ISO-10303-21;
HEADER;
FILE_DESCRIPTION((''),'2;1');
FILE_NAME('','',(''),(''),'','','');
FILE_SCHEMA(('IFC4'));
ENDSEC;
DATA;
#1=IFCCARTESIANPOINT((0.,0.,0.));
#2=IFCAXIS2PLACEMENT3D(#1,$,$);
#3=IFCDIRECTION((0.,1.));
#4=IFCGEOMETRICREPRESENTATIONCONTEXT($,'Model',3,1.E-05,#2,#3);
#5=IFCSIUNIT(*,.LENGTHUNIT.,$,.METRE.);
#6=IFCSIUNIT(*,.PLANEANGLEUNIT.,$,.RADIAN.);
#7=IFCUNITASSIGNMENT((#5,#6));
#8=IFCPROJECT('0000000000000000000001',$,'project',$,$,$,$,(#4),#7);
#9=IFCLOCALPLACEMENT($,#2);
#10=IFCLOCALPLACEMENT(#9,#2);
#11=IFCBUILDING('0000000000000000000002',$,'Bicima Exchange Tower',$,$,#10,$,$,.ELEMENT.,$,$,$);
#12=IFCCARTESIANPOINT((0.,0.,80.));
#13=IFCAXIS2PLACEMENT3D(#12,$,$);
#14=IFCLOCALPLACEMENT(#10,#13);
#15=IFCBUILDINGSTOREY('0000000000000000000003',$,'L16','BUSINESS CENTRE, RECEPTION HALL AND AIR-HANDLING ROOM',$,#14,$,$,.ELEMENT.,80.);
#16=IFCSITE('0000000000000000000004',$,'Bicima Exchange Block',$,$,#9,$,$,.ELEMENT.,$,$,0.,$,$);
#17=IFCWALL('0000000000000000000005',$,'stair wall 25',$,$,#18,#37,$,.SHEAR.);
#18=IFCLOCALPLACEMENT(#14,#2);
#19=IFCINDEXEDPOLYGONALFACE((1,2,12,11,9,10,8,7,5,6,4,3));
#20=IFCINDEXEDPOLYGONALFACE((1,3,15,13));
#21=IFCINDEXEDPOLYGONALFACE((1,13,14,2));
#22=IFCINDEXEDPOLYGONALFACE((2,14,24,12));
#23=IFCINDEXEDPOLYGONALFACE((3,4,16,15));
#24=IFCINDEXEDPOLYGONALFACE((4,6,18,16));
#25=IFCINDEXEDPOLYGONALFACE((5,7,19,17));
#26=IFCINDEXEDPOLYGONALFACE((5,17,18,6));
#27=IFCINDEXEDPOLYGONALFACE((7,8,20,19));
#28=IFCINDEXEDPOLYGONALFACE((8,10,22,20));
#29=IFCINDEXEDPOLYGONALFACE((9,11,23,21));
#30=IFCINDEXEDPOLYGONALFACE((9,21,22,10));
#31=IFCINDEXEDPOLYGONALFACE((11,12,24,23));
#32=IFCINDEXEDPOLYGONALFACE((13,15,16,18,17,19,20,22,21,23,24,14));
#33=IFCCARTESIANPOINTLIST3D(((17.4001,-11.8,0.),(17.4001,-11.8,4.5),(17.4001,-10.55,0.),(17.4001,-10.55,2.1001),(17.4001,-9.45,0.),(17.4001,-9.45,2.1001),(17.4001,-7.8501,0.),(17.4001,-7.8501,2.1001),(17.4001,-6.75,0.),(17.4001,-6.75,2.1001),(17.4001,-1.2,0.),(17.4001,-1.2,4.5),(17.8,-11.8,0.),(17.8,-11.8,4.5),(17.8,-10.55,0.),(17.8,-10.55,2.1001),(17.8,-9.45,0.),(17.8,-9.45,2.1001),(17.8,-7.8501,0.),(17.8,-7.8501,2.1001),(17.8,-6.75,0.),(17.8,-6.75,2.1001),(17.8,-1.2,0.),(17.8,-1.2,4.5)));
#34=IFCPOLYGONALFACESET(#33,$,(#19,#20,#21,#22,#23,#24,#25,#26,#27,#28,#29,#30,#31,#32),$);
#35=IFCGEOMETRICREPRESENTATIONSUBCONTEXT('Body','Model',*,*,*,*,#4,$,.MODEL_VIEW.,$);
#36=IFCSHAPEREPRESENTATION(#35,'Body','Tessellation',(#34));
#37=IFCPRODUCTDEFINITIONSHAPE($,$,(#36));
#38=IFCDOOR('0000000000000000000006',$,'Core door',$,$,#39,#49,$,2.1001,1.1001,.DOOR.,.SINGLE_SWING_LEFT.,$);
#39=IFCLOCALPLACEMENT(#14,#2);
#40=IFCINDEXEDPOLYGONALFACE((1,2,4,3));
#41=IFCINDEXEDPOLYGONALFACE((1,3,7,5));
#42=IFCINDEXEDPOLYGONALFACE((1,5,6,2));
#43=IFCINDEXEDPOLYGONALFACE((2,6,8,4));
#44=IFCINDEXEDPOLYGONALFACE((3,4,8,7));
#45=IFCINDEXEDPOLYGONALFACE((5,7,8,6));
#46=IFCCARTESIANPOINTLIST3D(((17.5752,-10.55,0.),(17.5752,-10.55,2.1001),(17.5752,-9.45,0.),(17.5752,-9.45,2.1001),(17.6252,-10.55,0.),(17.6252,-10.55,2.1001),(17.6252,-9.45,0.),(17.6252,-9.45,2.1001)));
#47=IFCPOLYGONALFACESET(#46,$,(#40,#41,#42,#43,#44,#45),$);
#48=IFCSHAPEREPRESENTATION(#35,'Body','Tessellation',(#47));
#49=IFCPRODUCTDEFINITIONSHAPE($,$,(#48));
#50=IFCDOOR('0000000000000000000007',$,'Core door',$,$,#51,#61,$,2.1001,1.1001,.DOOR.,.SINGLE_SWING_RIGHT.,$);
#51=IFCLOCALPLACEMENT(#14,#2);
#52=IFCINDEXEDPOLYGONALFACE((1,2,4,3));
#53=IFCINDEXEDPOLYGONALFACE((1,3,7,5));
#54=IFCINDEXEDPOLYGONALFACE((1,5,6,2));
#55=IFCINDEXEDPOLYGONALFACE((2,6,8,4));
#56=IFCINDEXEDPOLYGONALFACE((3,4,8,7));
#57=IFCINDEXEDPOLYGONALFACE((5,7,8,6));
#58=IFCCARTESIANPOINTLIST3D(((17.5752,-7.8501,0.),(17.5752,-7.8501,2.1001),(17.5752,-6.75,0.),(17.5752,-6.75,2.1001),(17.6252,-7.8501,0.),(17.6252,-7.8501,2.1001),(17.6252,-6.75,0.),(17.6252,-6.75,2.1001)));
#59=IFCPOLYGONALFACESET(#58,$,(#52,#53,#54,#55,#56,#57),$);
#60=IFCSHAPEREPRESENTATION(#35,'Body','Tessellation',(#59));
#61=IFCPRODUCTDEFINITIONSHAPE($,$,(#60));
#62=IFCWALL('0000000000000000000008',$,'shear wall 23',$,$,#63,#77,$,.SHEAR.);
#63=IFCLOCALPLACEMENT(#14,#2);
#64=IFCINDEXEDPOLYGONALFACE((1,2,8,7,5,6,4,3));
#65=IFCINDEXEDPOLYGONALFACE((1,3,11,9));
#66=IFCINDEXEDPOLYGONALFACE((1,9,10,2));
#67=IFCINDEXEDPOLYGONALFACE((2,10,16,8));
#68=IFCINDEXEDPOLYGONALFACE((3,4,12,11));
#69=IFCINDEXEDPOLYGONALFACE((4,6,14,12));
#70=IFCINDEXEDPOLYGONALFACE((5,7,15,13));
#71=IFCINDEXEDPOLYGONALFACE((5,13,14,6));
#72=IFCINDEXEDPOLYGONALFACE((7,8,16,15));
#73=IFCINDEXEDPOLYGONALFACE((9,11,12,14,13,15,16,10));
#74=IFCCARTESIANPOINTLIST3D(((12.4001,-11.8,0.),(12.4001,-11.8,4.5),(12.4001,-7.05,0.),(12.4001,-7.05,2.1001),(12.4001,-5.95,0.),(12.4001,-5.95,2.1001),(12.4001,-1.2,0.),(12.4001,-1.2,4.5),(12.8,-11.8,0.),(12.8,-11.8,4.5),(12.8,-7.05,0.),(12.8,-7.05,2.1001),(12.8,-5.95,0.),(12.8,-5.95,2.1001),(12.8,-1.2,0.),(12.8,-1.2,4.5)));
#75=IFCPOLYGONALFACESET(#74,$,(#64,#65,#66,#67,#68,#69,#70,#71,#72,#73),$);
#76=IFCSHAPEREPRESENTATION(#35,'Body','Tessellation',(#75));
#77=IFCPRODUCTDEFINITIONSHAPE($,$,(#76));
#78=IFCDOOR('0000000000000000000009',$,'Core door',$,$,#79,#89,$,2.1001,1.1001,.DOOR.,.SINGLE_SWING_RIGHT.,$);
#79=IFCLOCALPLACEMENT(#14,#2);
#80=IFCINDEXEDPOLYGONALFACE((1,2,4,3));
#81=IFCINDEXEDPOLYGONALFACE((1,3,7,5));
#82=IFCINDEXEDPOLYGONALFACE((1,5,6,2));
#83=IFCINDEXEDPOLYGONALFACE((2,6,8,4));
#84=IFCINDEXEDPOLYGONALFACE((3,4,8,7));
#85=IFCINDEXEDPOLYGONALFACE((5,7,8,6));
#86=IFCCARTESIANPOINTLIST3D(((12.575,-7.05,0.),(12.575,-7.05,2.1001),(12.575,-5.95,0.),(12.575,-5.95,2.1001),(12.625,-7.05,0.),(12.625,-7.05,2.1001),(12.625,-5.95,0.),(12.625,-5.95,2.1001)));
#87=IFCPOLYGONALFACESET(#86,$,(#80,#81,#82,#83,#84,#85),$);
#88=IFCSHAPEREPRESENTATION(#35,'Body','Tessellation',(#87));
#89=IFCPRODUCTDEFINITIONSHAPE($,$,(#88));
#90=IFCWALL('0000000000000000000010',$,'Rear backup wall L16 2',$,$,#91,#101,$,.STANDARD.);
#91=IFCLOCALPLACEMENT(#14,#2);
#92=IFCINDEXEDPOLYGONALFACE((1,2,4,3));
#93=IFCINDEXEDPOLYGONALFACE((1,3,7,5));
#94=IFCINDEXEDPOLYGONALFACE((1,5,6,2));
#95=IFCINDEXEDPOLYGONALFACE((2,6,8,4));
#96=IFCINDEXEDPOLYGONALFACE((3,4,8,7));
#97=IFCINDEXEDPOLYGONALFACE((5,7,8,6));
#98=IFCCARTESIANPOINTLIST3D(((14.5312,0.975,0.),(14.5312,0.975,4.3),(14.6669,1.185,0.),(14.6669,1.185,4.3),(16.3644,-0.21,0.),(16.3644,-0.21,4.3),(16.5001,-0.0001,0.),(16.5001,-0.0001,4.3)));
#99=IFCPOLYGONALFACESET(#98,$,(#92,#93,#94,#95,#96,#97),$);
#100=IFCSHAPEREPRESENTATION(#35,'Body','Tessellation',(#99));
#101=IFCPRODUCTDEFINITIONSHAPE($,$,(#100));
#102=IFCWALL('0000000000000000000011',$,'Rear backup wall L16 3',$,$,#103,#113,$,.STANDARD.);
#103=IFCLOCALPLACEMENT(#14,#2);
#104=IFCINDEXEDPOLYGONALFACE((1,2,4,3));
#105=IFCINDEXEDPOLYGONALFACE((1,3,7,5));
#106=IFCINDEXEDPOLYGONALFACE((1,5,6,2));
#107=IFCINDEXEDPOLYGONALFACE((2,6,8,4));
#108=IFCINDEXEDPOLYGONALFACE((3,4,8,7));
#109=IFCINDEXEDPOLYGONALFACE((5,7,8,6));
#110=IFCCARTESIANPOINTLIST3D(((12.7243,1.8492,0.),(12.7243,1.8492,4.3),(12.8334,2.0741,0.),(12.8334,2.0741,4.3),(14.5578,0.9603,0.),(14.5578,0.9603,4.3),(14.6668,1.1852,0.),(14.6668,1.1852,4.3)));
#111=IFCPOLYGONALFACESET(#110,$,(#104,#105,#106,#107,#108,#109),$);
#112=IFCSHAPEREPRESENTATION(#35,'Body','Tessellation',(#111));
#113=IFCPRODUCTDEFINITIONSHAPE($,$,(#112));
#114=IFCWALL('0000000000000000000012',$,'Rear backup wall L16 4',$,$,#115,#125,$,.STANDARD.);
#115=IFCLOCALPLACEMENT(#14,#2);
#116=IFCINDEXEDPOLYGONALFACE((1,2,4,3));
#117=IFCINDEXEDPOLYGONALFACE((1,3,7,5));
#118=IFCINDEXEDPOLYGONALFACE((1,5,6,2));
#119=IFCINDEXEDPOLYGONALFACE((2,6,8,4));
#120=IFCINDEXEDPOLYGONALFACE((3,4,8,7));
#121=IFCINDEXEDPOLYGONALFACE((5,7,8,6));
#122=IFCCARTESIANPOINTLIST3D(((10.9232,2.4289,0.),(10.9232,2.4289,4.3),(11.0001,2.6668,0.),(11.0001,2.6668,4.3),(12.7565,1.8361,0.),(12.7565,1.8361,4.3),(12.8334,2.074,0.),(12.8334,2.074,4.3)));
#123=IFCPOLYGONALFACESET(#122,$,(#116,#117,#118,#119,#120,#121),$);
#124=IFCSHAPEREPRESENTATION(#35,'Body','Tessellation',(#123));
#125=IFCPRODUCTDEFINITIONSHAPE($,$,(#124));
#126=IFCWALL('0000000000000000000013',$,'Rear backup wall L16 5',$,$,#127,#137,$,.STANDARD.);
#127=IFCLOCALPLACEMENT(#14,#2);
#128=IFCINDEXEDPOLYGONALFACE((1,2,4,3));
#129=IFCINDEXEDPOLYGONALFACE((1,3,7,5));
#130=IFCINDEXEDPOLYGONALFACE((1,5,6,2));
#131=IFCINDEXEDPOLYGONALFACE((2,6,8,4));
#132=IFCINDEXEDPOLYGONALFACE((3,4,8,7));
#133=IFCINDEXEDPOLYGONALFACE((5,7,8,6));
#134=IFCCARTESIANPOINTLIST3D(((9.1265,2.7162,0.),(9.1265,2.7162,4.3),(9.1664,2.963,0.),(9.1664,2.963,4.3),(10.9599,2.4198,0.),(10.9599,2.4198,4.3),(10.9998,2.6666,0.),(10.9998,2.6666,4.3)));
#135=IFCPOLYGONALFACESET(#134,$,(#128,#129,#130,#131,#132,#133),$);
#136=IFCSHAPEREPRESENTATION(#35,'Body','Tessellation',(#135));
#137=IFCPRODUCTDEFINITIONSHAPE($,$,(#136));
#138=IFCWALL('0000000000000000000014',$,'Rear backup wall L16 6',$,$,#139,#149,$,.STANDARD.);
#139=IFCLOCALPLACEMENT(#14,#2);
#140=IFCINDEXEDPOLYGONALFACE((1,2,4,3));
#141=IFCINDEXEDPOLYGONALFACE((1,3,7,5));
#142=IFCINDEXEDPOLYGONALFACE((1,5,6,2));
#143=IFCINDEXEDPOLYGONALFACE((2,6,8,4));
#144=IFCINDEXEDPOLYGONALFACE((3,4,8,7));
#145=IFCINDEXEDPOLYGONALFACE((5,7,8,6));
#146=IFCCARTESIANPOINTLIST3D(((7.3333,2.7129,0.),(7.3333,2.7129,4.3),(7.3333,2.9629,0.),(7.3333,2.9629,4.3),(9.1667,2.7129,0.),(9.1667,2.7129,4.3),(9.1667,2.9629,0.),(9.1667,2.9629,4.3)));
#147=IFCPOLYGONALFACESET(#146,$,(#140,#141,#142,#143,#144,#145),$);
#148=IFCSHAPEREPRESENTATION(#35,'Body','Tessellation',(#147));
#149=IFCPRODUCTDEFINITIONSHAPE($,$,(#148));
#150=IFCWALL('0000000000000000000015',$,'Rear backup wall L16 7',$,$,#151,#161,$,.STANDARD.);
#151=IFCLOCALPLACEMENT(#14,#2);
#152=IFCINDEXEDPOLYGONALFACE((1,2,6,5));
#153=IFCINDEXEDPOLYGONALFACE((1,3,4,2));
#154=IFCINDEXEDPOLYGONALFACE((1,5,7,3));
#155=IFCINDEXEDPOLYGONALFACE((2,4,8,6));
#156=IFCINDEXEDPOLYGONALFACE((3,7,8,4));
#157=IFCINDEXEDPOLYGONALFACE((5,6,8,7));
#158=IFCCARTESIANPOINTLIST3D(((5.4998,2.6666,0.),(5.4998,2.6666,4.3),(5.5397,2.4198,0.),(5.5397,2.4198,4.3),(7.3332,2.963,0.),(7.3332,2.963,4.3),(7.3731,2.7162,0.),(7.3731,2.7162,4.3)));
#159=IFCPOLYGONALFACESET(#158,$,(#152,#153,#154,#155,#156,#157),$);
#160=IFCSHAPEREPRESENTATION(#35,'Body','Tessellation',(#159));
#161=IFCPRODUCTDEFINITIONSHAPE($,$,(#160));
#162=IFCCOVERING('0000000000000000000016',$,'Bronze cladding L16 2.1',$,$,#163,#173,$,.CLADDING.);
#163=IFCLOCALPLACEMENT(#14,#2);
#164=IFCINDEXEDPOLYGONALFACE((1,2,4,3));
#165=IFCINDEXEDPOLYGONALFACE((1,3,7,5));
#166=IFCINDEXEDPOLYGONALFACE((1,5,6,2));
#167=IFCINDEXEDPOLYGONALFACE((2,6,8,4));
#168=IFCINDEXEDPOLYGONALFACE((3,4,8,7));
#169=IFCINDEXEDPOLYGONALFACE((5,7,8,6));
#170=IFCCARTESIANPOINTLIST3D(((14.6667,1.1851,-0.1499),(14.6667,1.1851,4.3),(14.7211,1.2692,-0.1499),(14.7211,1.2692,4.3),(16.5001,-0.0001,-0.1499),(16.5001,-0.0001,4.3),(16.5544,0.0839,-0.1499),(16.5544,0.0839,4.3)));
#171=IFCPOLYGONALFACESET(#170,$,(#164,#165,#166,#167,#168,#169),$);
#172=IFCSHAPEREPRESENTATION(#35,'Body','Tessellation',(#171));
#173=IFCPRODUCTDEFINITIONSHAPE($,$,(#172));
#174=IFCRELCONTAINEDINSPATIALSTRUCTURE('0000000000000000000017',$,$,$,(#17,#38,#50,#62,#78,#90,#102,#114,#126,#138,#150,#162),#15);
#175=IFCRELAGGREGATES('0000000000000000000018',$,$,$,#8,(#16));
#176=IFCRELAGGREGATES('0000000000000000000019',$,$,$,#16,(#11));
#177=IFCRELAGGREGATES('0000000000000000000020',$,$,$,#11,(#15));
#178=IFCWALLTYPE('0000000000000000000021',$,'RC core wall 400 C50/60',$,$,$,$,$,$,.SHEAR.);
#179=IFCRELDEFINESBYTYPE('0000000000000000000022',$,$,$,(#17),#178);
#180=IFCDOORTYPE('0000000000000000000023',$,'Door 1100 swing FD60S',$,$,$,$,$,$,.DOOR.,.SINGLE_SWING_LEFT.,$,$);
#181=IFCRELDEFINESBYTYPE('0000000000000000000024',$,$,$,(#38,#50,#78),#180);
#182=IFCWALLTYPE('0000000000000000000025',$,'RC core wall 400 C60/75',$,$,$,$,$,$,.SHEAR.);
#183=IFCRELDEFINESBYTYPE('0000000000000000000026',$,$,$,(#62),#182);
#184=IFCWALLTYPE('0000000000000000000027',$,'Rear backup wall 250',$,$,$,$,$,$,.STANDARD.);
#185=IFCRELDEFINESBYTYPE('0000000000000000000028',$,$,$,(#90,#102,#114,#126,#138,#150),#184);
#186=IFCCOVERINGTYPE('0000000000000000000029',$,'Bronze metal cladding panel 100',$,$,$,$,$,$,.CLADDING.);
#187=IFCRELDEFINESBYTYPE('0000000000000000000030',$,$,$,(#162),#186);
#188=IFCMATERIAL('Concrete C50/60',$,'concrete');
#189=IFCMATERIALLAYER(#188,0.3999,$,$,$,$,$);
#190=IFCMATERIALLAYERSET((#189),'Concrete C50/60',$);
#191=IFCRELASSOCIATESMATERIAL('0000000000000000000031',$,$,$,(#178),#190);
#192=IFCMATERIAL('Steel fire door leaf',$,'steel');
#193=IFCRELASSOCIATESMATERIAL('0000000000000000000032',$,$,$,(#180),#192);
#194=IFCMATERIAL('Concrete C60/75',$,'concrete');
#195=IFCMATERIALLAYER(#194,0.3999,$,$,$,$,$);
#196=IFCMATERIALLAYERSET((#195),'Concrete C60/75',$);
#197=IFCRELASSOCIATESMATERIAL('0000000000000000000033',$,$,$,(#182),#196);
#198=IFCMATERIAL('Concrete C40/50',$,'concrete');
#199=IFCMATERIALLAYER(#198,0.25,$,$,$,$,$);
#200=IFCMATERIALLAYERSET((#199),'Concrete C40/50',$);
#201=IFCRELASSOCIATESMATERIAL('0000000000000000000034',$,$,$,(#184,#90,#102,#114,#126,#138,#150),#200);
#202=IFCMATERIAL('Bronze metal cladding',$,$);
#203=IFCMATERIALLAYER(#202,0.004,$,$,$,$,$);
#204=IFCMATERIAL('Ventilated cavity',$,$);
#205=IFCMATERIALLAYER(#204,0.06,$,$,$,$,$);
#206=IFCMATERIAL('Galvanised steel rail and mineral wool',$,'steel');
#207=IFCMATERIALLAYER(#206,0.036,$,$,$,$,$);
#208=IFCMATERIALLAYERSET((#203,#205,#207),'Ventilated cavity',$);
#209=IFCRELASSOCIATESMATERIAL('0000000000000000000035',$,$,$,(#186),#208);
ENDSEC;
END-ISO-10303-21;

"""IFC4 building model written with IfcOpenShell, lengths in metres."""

from ifc_helpers import new_model, si_unit, direction, frame, frame_2d, origin, origin_2d, place, context, subcontext, project, spatial, rectangle, extrude, material, layer, layer_set, layer_usage, type_object, element, fill, save


model = new_model("IFC4")

# Units and contexts
model_context = context("Model", 3, precision=1e-05, world=origin(), true_north=direction((0.0, 1.0)))
body_context = subcontext(model_context, "Body", "Model", "MODEL_VIEW")
ifc_project = project(units=[si_unit("LENGTHUNIT", "METRE"), si_unit("PLANEANGLEUNIT", "RADIAN")], contexts=[model_context])

# Site, building, storey
site_placement = place(None, origin())
site = spatial("IfcSite", under=ifc_project, at=site_placement, Name="Bicima Exchange Block", CompositionType="ELEMENT", RefElevation=0.0)
building_placement = place(site_placement, origin())
building = spatial("IfcBuilding", under=site, at=building_placement, Name="Bicima Exchange Tower", CompositionType="ELEMENT")
storey_placement = place(building_placement, frame((0.0, 0.0, 80.0)))
storey = spatial("IfcBuildingStorey", under=building, at=storey_placement, Name="L16", Description="BUSINESS CENTRE, RECEPTION HALL AND AIR-HANDLING ROOM", CompositionType="ELEMENT", Elevation=80.0)

# Wall, openings, doors
ifc_material_1 = material(Name="Concrete C50/60", Category="concrete")
ifc_layer_1 = layer(ifc_material_1, 0.3999)
ifc_layer_set_1 = layer_set([ifc_layer_1], Name="Concrete C50/60")
wall_type_1 = type_object("IfcWallType", Name="RC core wall 400 C50/60", PredefinedType="SHEAR", material=ifc_layer_set_1)
wall_1_placement = place(storey_placement, frame((17.6001, -11.8, 0.0), z_axis=(0.0, 0.0, 1.0), x_axis=(0.0, 1.0, 0.0)))
wall_1 = element("IfcWall", 1, at=wall_1_placement, inside=storey, type_object=wall_type_1, Name="stair wall 25", PredefinedType="SHEAR", context=body_context, shape_type="SweptSolid", body=[
    extrude(rectangle(XDim=10.6001, YDim=0.3999, at=frame_2d((5.3, 0.0))), origin(), (0.0, 0.0, 1.0), 4.5),
])
opening_1_placement = place(wall_1_placement, frame((1.25, 0.0, 0.0)))
opening_1 = element("IfcOpeningElement", 2, at=opening_1_placement, cuts=wall_1, PredefinedType="OPENING", context=body_context, shape_type="SweptSolid", body=[
    extrude(rectangle(XDim=1.1001, YDim=2.1001, at=frame_2d((0.55, 1.05))), frame((0.0, 0.2119, 0.0), z_axis=(0.0, -1.0, 0.0), x_axis=(1.0, 0.0, 0.0)), (0.0, 0.0, 1.0), 0.4238),
])
opening_2_placement = place(wall_1_placement, frame((3.95, 0.0, 0.0)))
opening_2 = element("IfcOpeningElement", 3, at=opening_2_placement, cuts=wall_1, PredefinedType="OPENING", context=body_context, shape_type="SweptSolid", body=[
    extrude(rectangle(XDim=1.1001, YDim=2.1001, at=frame_2d((0.55, 1.05))), frame((0.0, 0.2119, 0.0), z_axis=(0.0, -1.0, 0.0), x_axis=(1.0, 0.0, 0.0)), (0.0, 0.0, 1.0), 0.4238),
])
ifc_material_2 = material(Name="Steel fire door leaf", Category="steel")
door_type = type_object("IfcDoorType", Name="Door 1100 swing FD60S", OperationType="SINGLE_SWING_LEFT", PredefinedType="DOOR", material=ifc_material_2)
door_1_placement = place(opening_1_placement, origin())
door_1 = element("IfcDoor", 4, at=door_1_placement, inside=storey, type_object=door_type, Name="Core door", OperationType="SINGLE_SWING_LEFT", OverallHeight=2.1001, OverallWidth=1.1001, PredefinedType="DOOR", context=body_context, shape_type="SweptSolid", body=[
    extrude(rectangle(XDim=1.1001, YDim=2.1001, at=frame_2d((0.55, 1.05))), frame((0.0, 0.0249, 0.0), z_axis=(0.0, -1.0, 0.0), x_axis=(1.0, 0.0, 0.0)), (0.0, 0.0, 1.0), 0.05),
])
fill(opening_1, door_1)
door_2_placement = place(opening_2_placement, origin())
door_2 = element("IfcDoor", 5, at=door_2_placement, inside=storey, type_object=door_type, Name="Core door", OperationType="SINGLE_SWING_RIGHT", OverallHeight=2.1001, OverallWidth=1.1001, PredefinedType="DOOR", context=body_context, shape_type="SweptSolid", body=[
    extrude(rectangle(XDim=1.1001, YDim=2.1001, at=frame_2d((0.55, 1.05))), frame((0.0, 0.0249, 0.0), z_axis=(0.0, -1.0, 0.0), x_axis=(1.0, 0.0, 0.0)), (0.0, 0.0, 1.0), 0.05),
])
fill(opening_2, door_2)

# Wall, opening, door
ifc_material_3 = material(Name="Concrete C60/75", Category="concrete")
ifc_layer_2 = layer(ifc_material_3, 0.3999)
ifc_layer_set_2 = layer_set([ifc_layer_2], Name="Concrete C60/75")
wall_type_2 = type_object("IfcWallType", Name="RC core wall 400 C60/75", PredefinedType="SHEAR", material=ifc_layer_set_2)
wall_2_placement = place(storey_placement, frame((12.6001, -11.8, 0.0), z_axis=(0.0, 0.0, 1.0), x_axis=(0.0, 1.0, 0.0)))
wall_2 = element("IfcWall", 6, at=wall_2_placement, inside=storey, type_object=wall_type_2, Name="shear wall 23", PredefinedType="SHEAR", context=body_context, shape_type="SweptSolid", body=[
    extrude(rectangle(XDim=10.6001, YDim=0.3999, at=frame_2d((5.3, 0.0))), origin(), (0.0, 0.0, 1.0), 4.5),
])
opening_3_placement = place(wall_2_placement, frame((4.75, 0.0, 0.0)))
opening_3 = element("IfcOpeningElement", 7, at=opening_3_placement, cuts=wall_2, PredefinedType="OPENING", context=body_context, shape_type="SweptSolid", body=[
    extrude(rectangle(XDim=1.1001, YDim=2.1001, at=frame_2d((0.55, 1.05))), frame((0.0, 0.2119, 0.0), z_axis=(0.0, -1.0, 0.0), x_axis=(1.0, 0.0, 0.0)), (0.0, 0.0, 1.0), 0.4238),
])
door_3_placement = place(opening_3_placement, frame((1.1001, 0.0, 0.0), z_axis=(0.0, 0.0, 1.0), x_axis=(-1.0, 0.0, 0.0)))
door_3 = element("IfcDoor", 8, at=door_3_placement, inside=storey, type_object=door_type, Name="Core door", OperationType="SINGLE_SWING_RIGHT", OverallHeight=2.1001, OverallWidth=1.1001, PredefinedType="DOOR", context=body_context, shape_type="SweptSolid", body=[
    extrude(rectangle(XDim=1.1001, YDim=2.1001, at=frame_2d((0.55, 1.05))), frame((0.0, 0.0249, 0.0), z_axis=(0.0, -1.0, 0.0), x_axis=(1.0, 0.0, 0.0)), (0.0, 0.0, 1.0), 0.05),
])
fill(opening_3, door_3)

# Walls
ifc_material_4 = material(Name="Concrete C40/50", Category="concrete")
ifc_layer_3 = layer(ifc_material_4, 0.25)
ifc_layer_set_3 = layer_set([ifc_layer_3], Name="Concrete C40/50")
ifc_layer_usage = layer_usage(ifc_layer_set_3, "AXIS2", "POSITIVE", -0.125)
wall_type_3 = type_object("IfcWallType", Name="Rear backup wall 250", PredefinedType="STANDARD", material=ifc_layer_set_3)
wall_3_placement = place(storey_placement, frame((16.4321, -0.105, 0.0), z_axis=(0.0, 0.0, 1.0), x_axis=(-0.839813, 0.542876, 0.0)))
element("IfcWall", 9, at=wall_3_placement, inside=storey, type_object=wall_type_3, material=ifc_layer_usage, Name="Rear backup wall L16 2", PredefinedType="STANDARD", context=body_context, shape_type="SweptSolid", body=[
    extrude(rectangle(XDim=2.1829, YDim=0.25, at=frame_2d((1.0913, 0.0))), origin(), (0.0, 0.0, 1.0), 4.3),
])
wall_4_placement = place(storey_placement, frame((14.6123, 1.0728, 0.0), z_axis=(0.0, 0.0, 1.0), x_axis=(-0.899824, 0.436253, 0.0)))
element("IfcWall", 10, at=wall_4_placement, inside=storey, type_object=wall_type_3, material=ifc_layer_usage, Name="Rear backup wall L16 3", PredefinedType="STANDARD", context=body_context, shape_type="SweptSolid", body=[
    extrude(rectangle(XDim=2.0376, YDim=0.25, at=frame_2d((1.0188, 0.0))), origin(), (0.0, 0.0, 1.0), 4.3),
])
wall_5_placement = place(storey_placement, frame((12.7949, 1.9551, 0.0), z_axis=(0.0, 0.0, 1.0), x_axis=(-0.951496, 0.307662, 0.0)))
element("IfcWall", 11, at=wall_5_placement, inside=storey, type_object=wall_type_3, material=ifc_layer_usage, Name="Rear backup wall L16 4", PredefinedType="STANDARD", context=body_context, shape_type="SweptSolid", body=[
    extrude(rectangle(XDim=1.9268, YDim=0.25, at=frame_2d((0.9634, 0.0))), origin(), (0.0, 0.0, 1.0), 4.3),
])
wall_6_placement = place(storey_placement, frame((10.98, 2.5432, 0.0), z_axis=(0.0, 0.0, 1.0), x_axis=(-0.987182, 0.1596, 0.0)))
element("IfcWall", 12, at=wall_6_placement, inside=storey, type_object=wall_type_3, material=ifc_layer_usage, Name="Rear backup wall L16 5", PredefinedType="STANDARD", context=body_context, shape_type="SweptSolid", body=[
    extrude(rectangle(XDim=1.8572, YDim=0.25, at=frame_2d((0.9287, 0.0))), origin(), (0.0, 0.0, 1.0), 4.3),
])
wall_7_placement = place(storey_placement, frame((9.1667, 2.8379, 0.0), z_axis=(0.0, 0.0, 1.0), x_axis=(-1.0, 0.0, 0.0)))
element("IfcWall", 13, at=wall_7_placement, inside=storey, type_object=wall_type_3, material=ifc_layer_usage, Name="Rear backup wall L16 6", PredefinedType="STANDARD", context=body_context, shape_type="SweptSolid", body=[
    extrude(rectangle(XDim=1.8335, YDim=0.25, at=frame_2d((0.9167, 0.0))), origin(), (0.0, 0.0, 1.0), 4.3),
])
wall_8_placement = place(storey_placement, frame((7.3533, 2.8396, 0.0), z_axis=(0.0, 0.0, 1.0), x_axis=(-0.987182, -0.1596, 0.0)))
element("IfcWall", 14, at=wall_8_placement, inside=storey, type_object=wall_type_3, material=ifc_layer_usage, Name="Rear backup wall L16 7", PredefinedType="STANDARD", context=body_context, shape_type="SweptSolid", body=[
    extrude(rectangle(XDim=1.8572, YDim=0.25, at=frame_2d((0.9287, 0.0))), origin(), (0.0, 0.0, 1.0), 4.3),
])

# Covering
ifc_material_5 = material(Name="Bronze metal cladding")
ifc_layer_4 = layer(ifc_material_5, 0.004)
ifc_material_6 = material(Name="Ventilated cavity")
ifc_layer_5 = layer(ifc_material_6, 0.06)
ifc_material_7 = material(Name="Galvanised steel rail and mineral wool", Category="steel")
ifc_layer_6 = layer(ifc_material_7, 0.036)
ifc_layer_set_4 = layer_set([ifc_layer_4, ifc_layer_5, ifc_layer_6], Name="Ventilated cavity")
covering_type = type_object("IfcCoveringType", Name="Bronze metal cladding panel 100", PredefinedType="CLADDING", material=ifc_layer_set_4)
covering_1_placement = place(storey_placement, frame((15.6106, 0.6345, -0.1499), z_axis=(0.0, 0.0, 1.0), x_axis=(-0.83979, 0.542911, 0.0)))
element("IfcCovering", 15, at=covering_1_placement, inside=storey, type_object=covering_type, Name="Bronze cladding L16 2.1", PredefinedType="CLADDING", context=body_context, shape_type="SweptSolid", body=[
    extrude(rectangle(XDim=2.1831, YDim=0.1001, at=origin_2d()), origin(), (0.0, 0.0, 1.0), 4.45),
])

save(model, "model.ifc")
